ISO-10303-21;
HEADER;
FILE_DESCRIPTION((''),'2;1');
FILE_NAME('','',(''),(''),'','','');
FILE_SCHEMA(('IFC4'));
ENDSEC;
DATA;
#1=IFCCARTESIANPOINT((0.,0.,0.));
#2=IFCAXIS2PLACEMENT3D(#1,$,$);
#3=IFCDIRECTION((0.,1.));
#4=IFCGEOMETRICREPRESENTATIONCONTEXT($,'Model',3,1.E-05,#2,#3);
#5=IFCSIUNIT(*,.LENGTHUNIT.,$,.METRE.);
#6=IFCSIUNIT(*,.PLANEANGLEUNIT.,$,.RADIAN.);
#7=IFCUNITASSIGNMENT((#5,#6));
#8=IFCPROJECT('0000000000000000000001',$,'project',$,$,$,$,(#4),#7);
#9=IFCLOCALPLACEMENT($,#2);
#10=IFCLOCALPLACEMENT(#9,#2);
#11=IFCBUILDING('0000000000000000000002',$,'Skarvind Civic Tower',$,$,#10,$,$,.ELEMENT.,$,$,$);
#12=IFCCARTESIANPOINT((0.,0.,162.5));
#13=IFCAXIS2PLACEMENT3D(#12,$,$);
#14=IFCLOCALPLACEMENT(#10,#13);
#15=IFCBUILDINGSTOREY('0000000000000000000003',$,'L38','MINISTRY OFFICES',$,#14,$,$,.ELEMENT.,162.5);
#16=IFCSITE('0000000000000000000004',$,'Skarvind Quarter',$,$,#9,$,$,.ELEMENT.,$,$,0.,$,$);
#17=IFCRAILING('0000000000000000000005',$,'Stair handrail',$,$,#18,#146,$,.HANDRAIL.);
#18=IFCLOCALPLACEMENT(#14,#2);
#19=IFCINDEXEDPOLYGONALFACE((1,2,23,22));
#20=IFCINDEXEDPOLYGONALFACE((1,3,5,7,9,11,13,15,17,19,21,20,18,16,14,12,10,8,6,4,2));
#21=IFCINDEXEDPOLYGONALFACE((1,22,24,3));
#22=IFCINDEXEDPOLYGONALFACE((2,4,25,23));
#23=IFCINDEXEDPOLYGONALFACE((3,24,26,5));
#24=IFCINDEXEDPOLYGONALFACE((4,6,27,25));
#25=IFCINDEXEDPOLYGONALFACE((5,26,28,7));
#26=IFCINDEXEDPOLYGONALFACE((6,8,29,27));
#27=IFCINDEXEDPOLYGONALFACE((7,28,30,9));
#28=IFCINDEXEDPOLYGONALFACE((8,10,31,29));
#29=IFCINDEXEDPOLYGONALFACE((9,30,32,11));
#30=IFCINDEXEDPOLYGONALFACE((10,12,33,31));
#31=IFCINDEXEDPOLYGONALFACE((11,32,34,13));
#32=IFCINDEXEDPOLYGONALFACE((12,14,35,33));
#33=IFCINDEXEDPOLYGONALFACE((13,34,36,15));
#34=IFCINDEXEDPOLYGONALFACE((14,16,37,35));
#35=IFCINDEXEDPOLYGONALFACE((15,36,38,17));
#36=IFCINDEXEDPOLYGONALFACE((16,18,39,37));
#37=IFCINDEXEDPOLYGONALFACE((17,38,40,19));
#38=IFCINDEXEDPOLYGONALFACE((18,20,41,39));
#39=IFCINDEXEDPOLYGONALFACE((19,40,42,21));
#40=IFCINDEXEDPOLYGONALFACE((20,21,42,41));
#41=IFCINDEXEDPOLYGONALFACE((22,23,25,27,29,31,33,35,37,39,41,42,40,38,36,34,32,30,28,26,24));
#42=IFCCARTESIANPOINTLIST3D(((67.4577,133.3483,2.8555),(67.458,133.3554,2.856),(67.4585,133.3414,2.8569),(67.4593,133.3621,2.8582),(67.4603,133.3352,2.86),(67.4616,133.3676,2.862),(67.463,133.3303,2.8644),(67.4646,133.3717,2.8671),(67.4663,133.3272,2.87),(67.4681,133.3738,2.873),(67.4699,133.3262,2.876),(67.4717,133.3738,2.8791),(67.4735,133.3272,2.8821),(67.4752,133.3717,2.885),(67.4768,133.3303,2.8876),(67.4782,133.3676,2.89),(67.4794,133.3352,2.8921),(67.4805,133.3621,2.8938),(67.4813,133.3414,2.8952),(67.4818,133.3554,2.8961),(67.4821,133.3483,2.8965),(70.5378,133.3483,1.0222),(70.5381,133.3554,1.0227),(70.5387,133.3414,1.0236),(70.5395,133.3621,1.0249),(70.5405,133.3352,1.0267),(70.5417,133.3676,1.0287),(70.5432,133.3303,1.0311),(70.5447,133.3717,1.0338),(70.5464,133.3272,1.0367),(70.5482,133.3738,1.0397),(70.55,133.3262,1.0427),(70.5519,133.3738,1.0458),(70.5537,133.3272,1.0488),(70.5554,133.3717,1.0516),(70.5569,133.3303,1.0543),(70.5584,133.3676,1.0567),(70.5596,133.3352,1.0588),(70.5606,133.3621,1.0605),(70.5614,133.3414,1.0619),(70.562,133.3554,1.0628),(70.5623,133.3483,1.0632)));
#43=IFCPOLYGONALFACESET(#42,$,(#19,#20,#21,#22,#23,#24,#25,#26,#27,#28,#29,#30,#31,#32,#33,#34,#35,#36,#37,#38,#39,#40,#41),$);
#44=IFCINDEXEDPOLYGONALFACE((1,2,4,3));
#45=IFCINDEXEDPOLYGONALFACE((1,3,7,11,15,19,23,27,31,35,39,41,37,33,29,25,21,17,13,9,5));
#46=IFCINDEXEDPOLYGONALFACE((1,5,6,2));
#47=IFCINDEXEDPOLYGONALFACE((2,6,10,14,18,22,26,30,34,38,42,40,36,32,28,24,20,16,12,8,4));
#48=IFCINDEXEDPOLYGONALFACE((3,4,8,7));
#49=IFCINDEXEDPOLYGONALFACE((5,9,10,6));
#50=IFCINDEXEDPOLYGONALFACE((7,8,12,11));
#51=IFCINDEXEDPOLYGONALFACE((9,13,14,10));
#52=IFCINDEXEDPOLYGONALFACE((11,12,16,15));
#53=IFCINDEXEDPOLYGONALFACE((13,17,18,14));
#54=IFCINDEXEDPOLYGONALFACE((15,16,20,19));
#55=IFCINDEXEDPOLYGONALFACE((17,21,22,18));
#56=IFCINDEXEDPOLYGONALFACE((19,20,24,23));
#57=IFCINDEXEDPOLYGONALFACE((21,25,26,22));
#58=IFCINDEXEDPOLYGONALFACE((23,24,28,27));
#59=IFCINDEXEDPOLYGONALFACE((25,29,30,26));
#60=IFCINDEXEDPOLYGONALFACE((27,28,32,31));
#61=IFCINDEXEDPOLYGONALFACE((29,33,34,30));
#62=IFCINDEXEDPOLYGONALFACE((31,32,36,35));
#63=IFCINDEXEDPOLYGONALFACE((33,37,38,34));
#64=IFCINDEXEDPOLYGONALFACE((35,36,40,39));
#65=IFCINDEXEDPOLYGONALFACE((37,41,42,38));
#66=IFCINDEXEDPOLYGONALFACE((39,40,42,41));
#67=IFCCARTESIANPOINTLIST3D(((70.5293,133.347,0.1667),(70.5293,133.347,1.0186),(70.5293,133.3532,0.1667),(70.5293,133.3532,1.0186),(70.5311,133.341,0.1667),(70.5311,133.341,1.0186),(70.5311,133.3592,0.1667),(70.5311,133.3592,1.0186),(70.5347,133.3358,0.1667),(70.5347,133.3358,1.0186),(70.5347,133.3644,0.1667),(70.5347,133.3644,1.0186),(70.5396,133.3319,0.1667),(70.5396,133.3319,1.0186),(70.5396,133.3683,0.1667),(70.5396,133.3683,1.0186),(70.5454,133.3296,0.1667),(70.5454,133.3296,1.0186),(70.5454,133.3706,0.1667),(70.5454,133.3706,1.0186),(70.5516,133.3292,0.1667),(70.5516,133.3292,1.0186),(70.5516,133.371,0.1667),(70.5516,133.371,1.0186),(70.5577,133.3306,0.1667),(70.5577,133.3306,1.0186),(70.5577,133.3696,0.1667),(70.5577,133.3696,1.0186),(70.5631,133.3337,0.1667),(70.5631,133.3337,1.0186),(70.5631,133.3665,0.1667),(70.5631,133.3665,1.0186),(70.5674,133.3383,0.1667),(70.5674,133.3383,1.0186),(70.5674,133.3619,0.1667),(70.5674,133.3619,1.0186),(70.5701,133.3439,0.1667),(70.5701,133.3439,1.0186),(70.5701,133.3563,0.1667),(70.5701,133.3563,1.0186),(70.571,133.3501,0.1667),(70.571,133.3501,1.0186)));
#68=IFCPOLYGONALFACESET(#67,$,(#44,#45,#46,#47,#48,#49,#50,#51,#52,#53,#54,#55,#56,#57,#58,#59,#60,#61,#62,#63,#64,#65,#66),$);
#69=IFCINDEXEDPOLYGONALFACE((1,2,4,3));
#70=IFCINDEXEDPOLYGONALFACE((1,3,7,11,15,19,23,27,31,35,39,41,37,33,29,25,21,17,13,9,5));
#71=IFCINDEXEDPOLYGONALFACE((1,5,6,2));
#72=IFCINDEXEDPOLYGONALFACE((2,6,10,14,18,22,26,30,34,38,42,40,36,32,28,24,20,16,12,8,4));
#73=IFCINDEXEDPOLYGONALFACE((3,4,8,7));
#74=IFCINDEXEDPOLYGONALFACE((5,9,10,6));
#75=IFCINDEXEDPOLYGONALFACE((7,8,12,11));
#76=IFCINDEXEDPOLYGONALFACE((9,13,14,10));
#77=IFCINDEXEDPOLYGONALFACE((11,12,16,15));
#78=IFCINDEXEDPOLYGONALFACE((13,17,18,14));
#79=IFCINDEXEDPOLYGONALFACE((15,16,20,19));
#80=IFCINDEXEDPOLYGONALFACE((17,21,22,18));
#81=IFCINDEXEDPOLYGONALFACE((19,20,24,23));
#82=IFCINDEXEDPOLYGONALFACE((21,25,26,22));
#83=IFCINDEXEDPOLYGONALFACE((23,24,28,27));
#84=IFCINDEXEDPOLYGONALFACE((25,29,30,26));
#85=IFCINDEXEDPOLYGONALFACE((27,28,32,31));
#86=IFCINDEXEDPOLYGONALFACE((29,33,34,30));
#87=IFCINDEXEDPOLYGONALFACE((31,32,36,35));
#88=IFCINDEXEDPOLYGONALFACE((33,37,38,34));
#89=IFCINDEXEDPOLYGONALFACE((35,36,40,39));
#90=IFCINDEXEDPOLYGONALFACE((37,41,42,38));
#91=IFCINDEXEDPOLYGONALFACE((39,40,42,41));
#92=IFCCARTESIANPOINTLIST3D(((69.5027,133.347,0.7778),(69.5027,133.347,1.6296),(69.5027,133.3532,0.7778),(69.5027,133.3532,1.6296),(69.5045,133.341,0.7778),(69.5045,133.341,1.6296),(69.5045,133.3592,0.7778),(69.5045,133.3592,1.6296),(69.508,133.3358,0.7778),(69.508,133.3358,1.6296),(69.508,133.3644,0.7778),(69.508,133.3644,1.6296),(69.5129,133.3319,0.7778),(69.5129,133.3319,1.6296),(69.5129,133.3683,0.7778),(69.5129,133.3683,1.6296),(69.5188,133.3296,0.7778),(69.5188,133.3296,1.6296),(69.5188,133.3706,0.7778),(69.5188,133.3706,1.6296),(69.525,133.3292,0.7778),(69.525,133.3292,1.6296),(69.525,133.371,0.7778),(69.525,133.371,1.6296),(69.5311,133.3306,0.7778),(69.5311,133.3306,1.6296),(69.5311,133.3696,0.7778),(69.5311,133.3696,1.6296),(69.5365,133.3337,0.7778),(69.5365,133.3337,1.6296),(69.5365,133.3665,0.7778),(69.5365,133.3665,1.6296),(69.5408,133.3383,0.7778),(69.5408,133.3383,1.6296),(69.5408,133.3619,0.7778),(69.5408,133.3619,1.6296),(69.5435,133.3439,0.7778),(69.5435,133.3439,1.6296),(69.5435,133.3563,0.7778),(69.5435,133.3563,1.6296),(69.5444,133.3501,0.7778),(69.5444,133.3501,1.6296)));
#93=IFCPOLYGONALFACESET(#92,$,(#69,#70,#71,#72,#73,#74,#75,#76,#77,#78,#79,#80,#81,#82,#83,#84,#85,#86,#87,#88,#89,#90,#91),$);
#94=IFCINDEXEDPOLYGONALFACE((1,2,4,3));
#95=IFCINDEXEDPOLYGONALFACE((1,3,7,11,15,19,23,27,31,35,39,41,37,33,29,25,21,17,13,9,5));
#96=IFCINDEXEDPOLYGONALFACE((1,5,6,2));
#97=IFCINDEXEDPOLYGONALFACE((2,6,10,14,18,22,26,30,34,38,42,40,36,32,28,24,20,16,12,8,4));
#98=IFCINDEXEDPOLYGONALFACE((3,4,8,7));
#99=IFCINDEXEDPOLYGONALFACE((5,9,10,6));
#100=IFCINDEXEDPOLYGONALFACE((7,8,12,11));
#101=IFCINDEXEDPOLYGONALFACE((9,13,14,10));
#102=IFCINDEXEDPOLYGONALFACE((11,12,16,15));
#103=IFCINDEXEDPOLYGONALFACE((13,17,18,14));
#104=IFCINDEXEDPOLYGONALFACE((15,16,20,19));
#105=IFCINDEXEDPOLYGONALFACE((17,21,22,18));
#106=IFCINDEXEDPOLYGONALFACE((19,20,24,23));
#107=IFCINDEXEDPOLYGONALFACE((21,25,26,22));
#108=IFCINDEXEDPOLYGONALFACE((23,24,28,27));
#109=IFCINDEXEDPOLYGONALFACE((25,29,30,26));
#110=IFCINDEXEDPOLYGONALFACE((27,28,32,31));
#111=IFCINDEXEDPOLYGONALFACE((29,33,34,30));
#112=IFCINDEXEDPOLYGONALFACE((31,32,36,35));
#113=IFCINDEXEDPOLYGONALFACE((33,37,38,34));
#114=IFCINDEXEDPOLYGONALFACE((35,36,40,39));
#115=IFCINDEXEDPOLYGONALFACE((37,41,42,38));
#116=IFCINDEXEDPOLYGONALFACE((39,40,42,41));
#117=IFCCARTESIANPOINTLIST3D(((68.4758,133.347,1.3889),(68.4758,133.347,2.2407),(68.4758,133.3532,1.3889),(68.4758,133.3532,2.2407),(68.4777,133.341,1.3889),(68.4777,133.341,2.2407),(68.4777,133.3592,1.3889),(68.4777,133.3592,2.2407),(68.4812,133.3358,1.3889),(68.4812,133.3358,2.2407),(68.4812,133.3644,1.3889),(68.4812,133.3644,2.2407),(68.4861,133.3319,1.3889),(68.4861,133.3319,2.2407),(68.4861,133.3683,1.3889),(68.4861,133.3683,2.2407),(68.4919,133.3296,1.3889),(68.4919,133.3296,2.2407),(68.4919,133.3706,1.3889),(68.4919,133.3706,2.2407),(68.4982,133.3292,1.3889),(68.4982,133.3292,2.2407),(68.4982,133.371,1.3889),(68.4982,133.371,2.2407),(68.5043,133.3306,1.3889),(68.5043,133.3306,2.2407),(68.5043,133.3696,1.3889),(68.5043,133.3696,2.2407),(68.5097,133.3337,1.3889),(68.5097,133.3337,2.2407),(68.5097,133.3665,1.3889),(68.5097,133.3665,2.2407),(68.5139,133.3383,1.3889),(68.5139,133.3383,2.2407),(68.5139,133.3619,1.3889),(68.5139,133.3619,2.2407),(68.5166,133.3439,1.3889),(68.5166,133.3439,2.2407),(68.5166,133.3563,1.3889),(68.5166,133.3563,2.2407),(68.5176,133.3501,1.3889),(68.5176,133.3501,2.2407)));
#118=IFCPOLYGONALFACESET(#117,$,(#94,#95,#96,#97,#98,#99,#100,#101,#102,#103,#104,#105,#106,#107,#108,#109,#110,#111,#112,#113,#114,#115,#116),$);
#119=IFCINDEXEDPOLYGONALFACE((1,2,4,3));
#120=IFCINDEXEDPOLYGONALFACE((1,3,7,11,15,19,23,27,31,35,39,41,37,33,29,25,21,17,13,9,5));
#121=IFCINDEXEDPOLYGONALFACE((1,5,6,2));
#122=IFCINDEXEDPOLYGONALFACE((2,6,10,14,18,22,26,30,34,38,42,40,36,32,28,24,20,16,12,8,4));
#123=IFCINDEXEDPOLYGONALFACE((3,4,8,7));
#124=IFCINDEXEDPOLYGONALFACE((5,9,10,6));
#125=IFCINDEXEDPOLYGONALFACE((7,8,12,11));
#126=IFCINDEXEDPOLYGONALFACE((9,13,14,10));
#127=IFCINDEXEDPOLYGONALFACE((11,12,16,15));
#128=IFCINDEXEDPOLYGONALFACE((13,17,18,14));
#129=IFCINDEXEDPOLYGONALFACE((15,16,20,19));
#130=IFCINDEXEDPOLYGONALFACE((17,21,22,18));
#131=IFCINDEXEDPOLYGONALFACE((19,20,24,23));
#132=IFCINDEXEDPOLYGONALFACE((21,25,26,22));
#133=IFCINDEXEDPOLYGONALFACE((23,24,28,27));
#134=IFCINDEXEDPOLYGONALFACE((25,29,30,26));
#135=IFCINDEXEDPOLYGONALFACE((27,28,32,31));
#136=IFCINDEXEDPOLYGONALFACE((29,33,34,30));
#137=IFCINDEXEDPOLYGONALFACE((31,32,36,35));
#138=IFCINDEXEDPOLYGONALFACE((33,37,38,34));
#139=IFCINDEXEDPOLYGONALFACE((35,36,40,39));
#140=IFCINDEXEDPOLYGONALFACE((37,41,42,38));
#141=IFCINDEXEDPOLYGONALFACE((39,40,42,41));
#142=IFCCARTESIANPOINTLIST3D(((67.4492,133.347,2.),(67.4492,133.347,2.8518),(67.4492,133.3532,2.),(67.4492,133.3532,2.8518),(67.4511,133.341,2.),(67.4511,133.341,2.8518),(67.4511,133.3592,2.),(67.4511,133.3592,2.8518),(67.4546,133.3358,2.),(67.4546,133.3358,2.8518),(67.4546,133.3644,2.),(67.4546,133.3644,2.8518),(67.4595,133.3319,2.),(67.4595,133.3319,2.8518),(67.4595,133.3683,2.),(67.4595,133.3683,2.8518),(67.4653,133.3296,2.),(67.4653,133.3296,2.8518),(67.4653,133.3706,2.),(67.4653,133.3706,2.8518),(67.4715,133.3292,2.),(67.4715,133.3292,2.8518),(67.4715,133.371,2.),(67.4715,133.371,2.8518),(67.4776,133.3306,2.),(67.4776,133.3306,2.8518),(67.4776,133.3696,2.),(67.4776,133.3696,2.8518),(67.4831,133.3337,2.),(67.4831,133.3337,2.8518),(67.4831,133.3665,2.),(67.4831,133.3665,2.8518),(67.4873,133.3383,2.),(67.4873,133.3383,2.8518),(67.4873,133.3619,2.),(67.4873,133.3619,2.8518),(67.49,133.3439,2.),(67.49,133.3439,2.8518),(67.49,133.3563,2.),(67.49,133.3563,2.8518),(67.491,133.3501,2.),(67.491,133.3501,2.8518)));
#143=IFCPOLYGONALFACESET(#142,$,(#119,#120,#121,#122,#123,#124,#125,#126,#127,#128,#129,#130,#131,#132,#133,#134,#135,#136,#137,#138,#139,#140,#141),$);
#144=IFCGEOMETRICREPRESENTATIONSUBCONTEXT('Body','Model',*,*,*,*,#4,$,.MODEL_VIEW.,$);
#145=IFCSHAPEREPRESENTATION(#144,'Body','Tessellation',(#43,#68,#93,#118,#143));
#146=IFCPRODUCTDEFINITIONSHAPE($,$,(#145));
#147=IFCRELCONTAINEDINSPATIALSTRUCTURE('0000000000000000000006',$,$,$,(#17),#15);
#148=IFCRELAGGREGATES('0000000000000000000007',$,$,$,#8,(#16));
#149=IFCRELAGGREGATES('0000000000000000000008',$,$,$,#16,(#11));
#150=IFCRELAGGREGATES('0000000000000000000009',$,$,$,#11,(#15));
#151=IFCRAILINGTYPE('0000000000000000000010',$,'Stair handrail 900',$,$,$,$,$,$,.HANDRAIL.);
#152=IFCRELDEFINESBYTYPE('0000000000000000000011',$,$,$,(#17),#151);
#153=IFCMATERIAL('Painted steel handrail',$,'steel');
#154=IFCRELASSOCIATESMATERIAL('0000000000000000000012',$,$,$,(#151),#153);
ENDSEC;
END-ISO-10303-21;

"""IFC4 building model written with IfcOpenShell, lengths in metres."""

from ifc_helpers import new_model, si_unit, direction, frame, origin, origin_2d, place, context, subcontext, project, spatial, circle, extrude, material, type_object, element, save


model = new_model("IFC4")

# Units and contexts
model_context = context("Model", 3, precision=1e-05, world=origin(), true_north=direction((0.0, 1.0)))
body_context = subcontext(model_context, "Body", "Model", "MODEL_VIEW")
ifc_project = project(units=[si_unit("LENGTHUNIT", "METRE"), si_unit("PLANEANGLEUNIT", "RADIAN")], contexts=[model_context])

# Site, building, storey
site_placement = place(None, origin())
site = spatial("IfcSite", under=ifc_project, at=site_placement, Name="Skarvind Quarter", CompositionType="ELEMENT", RefElevation=0.0)
building_placement = place(site_placement, origin())
building = spatial("IfcBuilding", under=site, at=building_placement, Name="Skarvind Civic Tower", CompositionType="ELEMENT")
storey_placement = place(building_placement, frame((0.0, 0.0, 162.5)))
storey = spatial("IfcBuildingStorey", under=building, at=storey_placement, Name="L38", Description="MINISTRY OFFICES", CompositionType="ELEMENT", Elevation=162.5)

# Railing
ifc_material_1 = material(Name="Painted steel handrail", Category="steel")
railing_type = type_object("IfcRailingType", Name="Stair handrail 900", PredefinedType="HANDRAIL", material=ifc_material_1)
railing_1_placement = place(storey_placement, frame((70.55, 133.3501, 0.1667)))
element("IfcRailing", 1, at=railing_1_placement, inside=storey, type_object=railing_type, Name="Stair handrail", PredefinedType="HANDRAIL", context=body_context, shape_type="SweptSolid", body=[
    extrude(circle(Radius=0.0239, at=origin_2d()), frame((0.0, 0.0, 0.876), z_axis=(-0.859309, 0.0, 0.511458), x_axis=(0.0, -1.0, 0.0)), (0.0, 0.0, 1.0), 3.5845),
    extrude(circle(Radius=0.021, at=origin_2d()), origin(), (0.0, 0.0, 1.0), 0.8518),
    extrude(circle(Radius=0.021, at=origin_2d()), frame((-1.0266, 0.0, 0.6111)), (0.0, 0.0, 1.0), 0.8518),
    extrude(circle(Radius=0.021, at=origin_2d()), frame((-2.0535, 0.0, 1.2222)), (0.0, 0.0, 1.0), 0.8518),
    extrude(circle(Radius=0.021, at=origin_2d()), frame((-3.0801, 0.0, 1.8333)), (0.0, 0.0, 1.0), 0.8518),
])

save(model, "model.ifc")
